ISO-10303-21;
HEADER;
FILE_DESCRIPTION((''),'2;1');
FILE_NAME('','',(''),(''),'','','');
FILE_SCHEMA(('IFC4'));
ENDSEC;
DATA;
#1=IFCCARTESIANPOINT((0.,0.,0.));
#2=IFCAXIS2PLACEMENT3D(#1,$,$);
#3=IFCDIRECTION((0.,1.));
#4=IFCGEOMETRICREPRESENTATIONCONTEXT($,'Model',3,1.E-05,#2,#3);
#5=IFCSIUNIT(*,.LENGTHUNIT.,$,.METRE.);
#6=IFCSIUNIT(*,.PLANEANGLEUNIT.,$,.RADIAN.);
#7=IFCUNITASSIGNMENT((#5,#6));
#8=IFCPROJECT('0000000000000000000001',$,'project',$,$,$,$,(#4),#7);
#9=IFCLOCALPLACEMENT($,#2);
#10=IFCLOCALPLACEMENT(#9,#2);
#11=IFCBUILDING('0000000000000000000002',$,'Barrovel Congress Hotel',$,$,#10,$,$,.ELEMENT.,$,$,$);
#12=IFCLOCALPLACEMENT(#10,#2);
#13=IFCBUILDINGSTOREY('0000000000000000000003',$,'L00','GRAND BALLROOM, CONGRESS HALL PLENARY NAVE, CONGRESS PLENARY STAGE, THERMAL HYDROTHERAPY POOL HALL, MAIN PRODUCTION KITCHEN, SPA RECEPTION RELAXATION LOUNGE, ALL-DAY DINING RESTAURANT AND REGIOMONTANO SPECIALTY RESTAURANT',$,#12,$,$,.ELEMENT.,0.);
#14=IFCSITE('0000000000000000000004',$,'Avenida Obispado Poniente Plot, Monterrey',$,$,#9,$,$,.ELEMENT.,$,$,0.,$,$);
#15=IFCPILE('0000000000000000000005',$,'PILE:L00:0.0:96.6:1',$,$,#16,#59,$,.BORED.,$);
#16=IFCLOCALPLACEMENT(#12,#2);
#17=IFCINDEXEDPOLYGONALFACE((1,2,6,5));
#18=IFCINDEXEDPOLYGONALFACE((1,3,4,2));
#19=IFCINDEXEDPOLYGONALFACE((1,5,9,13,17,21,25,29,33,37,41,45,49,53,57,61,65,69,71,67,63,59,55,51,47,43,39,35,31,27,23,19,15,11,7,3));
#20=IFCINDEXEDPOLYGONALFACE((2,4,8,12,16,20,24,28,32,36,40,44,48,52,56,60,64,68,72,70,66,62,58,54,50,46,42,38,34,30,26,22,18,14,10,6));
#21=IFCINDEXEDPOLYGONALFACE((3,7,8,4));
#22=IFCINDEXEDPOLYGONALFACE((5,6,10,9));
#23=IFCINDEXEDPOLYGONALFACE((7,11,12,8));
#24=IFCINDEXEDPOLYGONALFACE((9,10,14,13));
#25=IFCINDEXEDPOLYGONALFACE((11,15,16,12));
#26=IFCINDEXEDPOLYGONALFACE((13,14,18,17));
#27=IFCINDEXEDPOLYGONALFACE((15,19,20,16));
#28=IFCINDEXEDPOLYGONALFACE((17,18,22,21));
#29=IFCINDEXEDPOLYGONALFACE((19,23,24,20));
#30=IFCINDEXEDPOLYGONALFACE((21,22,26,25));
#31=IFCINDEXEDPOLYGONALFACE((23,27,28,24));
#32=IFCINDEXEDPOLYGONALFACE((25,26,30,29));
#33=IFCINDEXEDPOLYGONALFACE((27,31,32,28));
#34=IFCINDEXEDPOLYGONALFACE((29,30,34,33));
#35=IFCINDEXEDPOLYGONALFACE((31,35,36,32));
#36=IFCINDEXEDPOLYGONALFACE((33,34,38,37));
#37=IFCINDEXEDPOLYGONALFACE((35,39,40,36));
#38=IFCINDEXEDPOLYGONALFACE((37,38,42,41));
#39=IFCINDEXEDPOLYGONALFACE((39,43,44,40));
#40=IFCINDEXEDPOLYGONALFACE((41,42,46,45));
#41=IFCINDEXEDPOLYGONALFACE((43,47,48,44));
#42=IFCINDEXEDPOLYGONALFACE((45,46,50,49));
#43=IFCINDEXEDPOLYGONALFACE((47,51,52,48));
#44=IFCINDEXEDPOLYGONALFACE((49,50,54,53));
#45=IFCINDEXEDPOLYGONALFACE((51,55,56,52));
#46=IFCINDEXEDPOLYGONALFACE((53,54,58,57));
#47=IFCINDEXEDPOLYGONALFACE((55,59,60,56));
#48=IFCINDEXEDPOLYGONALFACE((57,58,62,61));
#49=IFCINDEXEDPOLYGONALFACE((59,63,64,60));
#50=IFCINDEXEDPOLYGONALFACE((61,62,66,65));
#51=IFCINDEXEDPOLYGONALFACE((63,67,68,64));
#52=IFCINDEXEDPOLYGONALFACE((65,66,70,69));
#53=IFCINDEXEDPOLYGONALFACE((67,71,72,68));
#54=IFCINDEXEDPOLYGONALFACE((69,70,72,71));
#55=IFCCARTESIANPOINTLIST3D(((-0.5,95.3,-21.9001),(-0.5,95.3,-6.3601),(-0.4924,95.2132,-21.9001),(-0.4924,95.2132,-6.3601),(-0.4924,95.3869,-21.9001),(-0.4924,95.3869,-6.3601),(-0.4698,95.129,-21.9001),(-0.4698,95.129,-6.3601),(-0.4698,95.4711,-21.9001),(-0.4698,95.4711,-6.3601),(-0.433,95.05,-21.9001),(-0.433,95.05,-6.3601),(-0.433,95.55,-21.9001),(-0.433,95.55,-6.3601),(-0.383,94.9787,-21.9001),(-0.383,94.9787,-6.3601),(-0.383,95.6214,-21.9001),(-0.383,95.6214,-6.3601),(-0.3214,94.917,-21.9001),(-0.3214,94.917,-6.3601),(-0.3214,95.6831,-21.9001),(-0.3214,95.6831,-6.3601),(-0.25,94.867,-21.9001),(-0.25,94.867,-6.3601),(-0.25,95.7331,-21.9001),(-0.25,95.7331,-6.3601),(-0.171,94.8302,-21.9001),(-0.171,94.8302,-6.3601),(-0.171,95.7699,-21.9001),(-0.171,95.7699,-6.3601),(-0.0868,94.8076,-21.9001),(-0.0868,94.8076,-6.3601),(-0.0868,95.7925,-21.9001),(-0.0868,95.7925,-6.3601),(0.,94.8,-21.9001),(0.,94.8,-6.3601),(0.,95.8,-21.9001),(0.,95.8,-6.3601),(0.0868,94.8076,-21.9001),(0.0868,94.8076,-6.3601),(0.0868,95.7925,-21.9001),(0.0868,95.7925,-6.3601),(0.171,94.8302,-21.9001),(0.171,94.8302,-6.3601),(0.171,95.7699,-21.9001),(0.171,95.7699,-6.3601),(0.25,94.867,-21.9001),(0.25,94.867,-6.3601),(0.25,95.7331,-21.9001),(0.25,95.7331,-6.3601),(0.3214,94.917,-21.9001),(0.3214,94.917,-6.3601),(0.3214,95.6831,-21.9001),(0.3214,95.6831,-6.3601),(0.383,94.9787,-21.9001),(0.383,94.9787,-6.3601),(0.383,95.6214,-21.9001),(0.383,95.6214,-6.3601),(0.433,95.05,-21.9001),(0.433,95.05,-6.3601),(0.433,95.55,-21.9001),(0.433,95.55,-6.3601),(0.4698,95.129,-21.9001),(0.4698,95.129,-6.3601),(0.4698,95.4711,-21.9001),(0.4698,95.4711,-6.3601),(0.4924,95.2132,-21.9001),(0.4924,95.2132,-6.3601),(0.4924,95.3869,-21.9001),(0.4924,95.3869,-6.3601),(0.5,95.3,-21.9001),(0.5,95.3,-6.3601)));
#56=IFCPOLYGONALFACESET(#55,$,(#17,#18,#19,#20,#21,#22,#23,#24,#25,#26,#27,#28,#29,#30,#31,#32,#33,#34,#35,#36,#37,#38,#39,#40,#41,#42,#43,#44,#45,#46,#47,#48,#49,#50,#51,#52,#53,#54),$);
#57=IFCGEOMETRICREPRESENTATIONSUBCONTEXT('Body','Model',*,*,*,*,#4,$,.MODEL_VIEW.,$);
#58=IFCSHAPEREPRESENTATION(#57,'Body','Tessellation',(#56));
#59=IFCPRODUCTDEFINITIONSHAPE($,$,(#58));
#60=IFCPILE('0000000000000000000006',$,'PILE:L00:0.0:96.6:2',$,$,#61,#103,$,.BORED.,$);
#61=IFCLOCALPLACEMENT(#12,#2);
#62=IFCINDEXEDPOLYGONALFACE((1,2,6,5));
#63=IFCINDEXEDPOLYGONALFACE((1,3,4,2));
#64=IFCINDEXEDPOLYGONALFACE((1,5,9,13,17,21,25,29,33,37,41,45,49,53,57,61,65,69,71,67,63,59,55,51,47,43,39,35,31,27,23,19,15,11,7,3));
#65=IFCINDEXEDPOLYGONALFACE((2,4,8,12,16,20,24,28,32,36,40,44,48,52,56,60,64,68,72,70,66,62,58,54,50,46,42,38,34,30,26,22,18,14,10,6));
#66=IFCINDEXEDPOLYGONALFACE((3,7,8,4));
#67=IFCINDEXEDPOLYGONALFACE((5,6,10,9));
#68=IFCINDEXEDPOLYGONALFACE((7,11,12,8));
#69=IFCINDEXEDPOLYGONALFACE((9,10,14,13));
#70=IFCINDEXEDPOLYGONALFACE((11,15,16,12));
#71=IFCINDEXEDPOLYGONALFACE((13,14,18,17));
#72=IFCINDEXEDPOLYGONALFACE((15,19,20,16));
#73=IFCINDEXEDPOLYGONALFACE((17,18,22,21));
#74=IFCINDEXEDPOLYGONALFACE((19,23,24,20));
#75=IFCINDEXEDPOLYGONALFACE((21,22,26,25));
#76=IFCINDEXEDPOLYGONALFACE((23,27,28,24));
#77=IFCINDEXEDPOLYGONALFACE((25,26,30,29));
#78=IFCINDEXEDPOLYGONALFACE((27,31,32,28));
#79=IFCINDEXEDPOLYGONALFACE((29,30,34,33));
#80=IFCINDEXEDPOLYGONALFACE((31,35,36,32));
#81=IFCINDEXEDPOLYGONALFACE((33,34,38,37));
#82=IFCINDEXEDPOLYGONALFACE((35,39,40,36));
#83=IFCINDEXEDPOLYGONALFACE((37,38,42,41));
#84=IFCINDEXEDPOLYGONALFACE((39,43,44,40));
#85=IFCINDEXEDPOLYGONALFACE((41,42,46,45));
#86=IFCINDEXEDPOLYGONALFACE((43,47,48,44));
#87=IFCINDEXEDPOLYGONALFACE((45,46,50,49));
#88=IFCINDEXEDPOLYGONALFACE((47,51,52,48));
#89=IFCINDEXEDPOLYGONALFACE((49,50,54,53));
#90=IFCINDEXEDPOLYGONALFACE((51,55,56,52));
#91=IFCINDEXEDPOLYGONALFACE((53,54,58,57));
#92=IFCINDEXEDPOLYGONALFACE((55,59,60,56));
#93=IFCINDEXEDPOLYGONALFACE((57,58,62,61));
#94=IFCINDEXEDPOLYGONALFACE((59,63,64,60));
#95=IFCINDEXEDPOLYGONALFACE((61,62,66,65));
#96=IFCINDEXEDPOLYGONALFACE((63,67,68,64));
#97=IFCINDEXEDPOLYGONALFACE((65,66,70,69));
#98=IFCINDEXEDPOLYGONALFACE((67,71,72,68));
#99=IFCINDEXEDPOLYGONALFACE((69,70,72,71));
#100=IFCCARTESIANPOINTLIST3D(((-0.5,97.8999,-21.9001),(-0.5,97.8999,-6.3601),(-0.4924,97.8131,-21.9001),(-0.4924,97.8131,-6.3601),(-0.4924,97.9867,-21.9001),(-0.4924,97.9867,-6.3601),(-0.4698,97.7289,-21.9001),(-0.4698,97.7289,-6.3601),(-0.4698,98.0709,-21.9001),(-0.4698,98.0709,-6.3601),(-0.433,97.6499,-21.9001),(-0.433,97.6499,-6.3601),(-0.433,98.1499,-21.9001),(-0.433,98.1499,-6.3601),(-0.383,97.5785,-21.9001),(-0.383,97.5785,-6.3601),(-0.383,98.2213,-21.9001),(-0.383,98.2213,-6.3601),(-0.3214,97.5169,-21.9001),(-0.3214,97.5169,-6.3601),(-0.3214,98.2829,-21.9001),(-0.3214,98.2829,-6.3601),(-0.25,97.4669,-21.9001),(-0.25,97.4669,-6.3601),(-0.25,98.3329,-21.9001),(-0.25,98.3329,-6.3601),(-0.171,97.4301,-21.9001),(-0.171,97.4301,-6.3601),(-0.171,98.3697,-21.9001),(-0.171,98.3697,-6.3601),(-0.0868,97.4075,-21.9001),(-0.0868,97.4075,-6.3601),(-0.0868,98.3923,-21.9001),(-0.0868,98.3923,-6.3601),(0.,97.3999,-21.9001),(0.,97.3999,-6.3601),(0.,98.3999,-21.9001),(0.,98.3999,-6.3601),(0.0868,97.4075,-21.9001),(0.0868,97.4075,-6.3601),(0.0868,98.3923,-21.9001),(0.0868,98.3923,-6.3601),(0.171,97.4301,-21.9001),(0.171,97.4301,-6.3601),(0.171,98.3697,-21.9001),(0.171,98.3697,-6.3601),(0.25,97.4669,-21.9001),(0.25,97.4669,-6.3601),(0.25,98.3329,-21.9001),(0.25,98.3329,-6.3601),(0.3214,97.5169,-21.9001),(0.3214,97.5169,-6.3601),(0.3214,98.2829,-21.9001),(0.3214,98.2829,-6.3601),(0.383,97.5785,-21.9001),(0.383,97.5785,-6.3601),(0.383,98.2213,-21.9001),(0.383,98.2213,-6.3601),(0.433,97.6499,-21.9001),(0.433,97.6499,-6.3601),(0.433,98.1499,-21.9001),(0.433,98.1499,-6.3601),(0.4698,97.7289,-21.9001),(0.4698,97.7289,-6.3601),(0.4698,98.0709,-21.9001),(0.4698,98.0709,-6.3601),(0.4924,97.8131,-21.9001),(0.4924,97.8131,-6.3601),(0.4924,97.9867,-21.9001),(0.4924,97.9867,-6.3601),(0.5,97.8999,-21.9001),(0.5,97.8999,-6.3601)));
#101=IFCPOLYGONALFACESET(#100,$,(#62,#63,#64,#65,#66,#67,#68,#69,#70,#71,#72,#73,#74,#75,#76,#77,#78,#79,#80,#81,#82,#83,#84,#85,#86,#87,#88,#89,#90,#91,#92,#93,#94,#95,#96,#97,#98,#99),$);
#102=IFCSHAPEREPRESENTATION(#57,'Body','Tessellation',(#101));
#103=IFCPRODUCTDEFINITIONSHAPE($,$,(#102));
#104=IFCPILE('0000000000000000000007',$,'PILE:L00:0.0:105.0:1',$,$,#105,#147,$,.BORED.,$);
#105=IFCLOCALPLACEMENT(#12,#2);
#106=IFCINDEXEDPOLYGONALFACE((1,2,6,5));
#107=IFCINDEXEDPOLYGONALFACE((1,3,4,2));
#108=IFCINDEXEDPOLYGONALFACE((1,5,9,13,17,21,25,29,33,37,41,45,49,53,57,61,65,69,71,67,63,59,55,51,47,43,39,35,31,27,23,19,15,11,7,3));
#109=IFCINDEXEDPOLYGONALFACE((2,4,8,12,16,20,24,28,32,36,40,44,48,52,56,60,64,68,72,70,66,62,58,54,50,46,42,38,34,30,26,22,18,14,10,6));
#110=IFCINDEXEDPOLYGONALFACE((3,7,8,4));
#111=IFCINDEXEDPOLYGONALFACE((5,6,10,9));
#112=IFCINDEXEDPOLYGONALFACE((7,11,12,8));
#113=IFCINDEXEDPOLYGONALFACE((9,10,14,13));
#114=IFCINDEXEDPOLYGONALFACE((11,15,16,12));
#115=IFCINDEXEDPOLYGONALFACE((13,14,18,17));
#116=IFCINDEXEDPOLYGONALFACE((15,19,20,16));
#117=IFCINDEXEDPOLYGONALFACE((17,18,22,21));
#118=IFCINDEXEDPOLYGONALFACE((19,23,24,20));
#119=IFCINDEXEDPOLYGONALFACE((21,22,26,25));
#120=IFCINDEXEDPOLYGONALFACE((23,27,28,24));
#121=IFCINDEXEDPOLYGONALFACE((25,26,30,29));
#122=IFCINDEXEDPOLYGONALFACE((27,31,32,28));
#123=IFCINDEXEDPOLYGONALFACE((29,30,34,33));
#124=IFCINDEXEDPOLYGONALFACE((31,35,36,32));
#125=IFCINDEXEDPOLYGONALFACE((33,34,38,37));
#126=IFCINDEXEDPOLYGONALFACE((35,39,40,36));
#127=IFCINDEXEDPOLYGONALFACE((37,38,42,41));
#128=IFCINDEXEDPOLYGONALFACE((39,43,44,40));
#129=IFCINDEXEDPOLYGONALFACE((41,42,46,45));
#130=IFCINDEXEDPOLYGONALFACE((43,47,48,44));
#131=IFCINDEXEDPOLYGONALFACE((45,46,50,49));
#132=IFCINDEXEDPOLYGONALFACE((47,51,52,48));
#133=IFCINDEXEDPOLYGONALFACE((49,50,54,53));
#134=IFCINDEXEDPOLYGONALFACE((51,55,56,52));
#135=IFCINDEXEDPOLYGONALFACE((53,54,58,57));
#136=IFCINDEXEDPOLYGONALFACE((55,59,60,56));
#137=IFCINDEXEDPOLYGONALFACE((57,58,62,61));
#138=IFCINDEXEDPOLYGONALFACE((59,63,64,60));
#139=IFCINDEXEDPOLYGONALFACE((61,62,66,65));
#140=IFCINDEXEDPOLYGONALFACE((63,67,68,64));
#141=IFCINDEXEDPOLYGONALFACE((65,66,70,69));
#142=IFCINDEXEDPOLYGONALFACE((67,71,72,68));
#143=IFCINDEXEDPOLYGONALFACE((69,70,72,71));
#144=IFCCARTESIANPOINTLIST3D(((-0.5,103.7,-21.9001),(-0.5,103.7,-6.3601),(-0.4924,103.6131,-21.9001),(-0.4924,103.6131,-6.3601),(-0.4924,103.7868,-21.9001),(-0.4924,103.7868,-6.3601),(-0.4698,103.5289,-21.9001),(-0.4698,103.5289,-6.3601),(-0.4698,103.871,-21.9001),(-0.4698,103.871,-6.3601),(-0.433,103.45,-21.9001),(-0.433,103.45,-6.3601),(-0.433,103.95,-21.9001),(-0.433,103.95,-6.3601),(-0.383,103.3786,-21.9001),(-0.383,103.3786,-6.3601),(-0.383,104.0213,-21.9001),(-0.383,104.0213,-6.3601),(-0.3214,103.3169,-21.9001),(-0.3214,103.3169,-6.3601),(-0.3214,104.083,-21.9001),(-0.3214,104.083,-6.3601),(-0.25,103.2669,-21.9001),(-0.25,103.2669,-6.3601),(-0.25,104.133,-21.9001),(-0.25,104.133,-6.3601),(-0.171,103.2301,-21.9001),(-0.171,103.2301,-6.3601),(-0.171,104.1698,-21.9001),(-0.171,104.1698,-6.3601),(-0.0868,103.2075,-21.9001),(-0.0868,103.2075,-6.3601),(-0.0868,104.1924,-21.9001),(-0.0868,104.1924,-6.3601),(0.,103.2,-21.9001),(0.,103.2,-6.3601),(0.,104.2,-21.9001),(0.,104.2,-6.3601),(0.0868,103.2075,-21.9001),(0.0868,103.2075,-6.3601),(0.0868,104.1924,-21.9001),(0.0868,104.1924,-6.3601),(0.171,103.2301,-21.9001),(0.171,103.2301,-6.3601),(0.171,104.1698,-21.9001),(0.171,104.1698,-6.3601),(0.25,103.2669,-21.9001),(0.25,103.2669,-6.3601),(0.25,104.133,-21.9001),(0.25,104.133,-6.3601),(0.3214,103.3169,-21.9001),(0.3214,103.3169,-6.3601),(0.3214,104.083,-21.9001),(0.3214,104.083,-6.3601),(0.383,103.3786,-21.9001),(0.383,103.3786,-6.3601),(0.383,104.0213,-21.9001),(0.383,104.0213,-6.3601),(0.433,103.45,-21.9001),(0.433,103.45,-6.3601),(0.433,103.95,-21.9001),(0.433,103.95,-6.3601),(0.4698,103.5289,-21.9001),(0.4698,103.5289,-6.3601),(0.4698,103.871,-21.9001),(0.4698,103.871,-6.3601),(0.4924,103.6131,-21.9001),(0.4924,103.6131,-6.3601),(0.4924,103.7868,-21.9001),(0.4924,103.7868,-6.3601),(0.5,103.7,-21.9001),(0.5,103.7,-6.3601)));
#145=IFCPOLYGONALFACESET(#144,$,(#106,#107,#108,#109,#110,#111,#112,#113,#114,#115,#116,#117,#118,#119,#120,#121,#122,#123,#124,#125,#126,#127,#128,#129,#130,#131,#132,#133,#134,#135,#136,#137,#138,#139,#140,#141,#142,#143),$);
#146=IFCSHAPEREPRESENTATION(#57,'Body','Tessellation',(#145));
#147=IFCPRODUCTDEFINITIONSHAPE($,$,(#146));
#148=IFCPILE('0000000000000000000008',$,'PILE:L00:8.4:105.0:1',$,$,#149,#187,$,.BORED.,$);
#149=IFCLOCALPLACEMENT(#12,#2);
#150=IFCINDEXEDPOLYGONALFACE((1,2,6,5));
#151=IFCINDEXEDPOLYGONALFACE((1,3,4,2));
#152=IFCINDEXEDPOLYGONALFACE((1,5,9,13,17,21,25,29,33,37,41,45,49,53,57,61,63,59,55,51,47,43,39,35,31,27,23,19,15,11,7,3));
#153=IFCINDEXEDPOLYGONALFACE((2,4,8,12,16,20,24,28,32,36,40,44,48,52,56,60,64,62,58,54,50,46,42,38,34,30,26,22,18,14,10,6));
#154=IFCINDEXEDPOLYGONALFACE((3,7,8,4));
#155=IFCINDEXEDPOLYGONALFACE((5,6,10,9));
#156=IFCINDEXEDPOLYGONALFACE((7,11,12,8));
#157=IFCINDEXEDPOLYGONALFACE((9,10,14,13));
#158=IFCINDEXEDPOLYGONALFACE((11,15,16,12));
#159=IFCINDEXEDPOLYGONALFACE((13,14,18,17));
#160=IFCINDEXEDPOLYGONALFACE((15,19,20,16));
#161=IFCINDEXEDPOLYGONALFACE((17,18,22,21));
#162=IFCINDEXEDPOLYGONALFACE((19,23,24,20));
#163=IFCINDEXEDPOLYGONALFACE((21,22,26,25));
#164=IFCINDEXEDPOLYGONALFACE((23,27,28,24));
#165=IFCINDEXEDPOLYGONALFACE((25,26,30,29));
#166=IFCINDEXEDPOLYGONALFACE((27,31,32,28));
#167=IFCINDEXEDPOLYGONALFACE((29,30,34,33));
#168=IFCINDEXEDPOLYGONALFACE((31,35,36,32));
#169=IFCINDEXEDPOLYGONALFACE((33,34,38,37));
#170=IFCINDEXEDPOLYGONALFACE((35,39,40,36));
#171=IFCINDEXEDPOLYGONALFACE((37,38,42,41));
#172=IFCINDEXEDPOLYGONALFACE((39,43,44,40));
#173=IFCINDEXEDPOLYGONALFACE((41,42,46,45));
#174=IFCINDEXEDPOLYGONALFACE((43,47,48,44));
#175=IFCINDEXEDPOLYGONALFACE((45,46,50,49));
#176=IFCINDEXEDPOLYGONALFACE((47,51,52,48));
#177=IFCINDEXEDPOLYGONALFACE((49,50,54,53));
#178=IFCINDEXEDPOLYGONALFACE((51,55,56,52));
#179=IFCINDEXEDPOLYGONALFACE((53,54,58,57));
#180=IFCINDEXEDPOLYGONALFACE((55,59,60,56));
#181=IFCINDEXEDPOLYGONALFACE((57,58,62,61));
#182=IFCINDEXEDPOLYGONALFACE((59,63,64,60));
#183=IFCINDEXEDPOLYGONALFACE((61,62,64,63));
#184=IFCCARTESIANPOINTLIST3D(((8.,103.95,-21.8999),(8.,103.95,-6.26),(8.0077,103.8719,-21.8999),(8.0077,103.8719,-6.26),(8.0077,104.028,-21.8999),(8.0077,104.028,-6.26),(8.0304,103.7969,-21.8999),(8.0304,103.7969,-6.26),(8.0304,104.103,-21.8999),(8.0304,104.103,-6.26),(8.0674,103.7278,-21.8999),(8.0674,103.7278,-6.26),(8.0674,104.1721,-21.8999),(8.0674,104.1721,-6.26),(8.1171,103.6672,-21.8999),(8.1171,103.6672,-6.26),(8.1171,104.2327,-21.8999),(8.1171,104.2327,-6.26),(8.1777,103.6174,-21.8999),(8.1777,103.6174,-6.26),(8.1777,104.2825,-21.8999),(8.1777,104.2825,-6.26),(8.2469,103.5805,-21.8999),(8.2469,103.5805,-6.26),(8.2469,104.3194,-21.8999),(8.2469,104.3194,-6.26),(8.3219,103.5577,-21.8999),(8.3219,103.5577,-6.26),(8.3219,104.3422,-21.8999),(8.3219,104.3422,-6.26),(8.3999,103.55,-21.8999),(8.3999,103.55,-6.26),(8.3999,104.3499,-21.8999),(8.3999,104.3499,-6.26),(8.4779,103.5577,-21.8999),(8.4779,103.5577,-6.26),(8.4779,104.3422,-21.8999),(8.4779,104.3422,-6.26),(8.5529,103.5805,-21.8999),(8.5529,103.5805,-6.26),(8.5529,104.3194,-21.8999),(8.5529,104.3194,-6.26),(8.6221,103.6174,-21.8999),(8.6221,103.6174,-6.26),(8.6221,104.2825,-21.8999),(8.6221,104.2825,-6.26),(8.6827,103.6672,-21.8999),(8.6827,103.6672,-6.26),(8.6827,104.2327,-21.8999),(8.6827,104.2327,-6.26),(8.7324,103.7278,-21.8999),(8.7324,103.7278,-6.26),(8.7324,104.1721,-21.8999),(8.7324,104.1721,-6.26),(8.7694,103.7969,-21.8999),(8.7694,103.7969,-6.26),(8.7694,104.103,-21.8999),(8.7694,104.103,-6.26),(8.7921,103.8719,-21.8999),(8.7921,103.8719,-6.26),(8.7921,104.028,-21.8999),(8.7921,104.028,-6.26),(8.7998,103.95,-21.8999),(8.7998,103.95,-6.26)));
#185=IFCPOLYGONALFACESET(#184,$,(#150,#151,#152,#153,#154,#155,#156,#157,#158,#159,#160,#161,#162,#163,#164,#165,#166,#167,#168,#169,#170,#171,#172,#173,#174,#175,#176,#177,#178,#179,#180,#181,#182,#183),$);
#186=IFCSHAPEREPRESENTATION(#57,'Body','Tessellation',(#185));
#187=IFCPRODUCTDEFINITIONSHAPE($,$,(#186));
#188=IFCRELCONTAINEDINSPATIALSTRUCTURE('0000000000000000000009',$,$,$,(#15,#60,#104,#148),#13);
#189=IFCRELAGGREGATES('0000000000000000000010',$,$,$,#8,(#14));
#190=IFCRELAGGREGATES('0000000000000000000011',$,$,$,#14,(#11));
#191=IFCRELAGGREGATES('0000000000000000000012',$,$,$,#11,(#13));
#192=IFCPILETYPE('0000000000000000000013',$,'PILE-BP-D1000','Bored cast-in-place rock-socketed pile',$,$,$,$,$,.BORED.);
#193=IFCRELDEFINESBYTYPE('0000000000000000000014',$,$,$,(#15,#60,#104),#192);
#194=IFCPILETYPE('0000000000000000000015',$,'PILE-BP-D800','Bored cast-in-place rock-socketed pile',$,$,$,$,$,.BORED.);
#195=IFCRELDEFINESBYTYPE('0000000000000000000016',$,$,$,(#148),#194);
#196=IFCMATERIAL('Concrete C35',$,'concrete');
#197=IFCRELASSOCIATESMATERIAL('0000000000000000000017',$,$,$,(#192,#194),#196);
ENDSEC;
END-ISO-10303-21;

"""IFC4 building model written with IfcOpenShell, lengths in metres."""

from ifc_helpers import new_model, si_unit, direction, frame, origin, origin_2d, place, context, subcontext, project, spatial, circle, extrude, material, material_profile, profile_set, type_object, element, save


model = new_model("IFC4")

# Units and contexts
model_context = context("Model", 3, precision=1e-05, world=origin(), true_north=direction((0.0, 1.0)))
body_context = subcontext(model_context, "Body", "Model", "MODEL_VIEW")
ifc_project = project(units=[si_unit("LENGTHUNIT", "METRE"), si_unit("PLANEANGLEUNIT", "RADIAN")], contexts=[model_context])

# Site, building, storey
site_placement = place(None, origin())
site = spatial("IfcSite", under=ifc_project, at=site_placement, Name="Avenida Obispado Poniente Plot, Monterrey", CompositionType="ELEMENT", RefElevation=0.0)
building_placement = place(site_placement, origin())
building = spatial("IfcBuilding", under=site, at=building_placement, Name="Barrovel Congress Hotel", CompositionType="ELEMENT")
storey_placement = place(building_placement, origin())
storey = spatial("IfcBuildingStorey", under=building, at=storey_placement, Name="L00", Description="GRAND BALLROOM, CONGRESS HALL PLENARY NAVE, CONGRESS PLENARY STAGE, THERMAL HYDROTHERAPY POOL HALL, MAIN PRODUCTION KITCHEN, SPA RECEPTION RELAXATION LOUNGE, ALL-DAY DINING RESTAURANT AND REGIOMONTANO SPECIALTY RESTAURANT", CompositionType="ELEMENT", Elevation=0.0)

# Piles
ifc_material_1 = material(Name="Concrete C35", Category="concrete")
ifc_material_profile_1 = material_profile(ifc_material_1, circle(Radius=0.5, at=origin_2d()), Name="BP-D1000")
ifc_profile_set_1 = profile_set([ifc_material_profile_1], Name="Concrete C35")
pile_type_1 = type_object("IfcPileType", Name="PILE-BP-D1000", Description="Bored cast-in-place rock-socketed pile", PredefinedType="BORED", material=ifc_profile_set_1)
for number, where, z_axis, x_axis, name in (
    (1, (0.0, 95.3, -6.3601), (0.0, 0.0, -1.0), (1.0, 0.0, 0.0), "PILE:L00:0.0:96.6:1"),
    (2, (0.0, 97.8999, -6.3601), (0.0, 0.0, -1.0), (1.0, 0.0, 0.0), "PILE:L00:0.0:96.6:2"),
    (3, (0.0, 103.7, -6.3601), (0.0, 0.0, -1.0), (1.0, 0.0, 0.0), "PILE:L00:0.0:105.0:1"),
):
    element("IfcPile", number, at=place(storey_placement, frame(where, z_axis=z_axis, x_axis=x_axis)), inside=storey, type_object=pile_type_1, Name=name, PredefinedType="BORED", context=body_context, shape_type="SweptSolid", body=[
        extrude(circle(Radius=0.5, at=origin_2d()), origin(), (0.0, 0.0, 1.0), 15.54),
    ])
ifc_material_profile_2 = material_profile(ifc_material_1, circle(Radius=0.3999, at=origin_2d()), Name="BP-D800")
ifc_profile_set_2 = profile_set([ifc_material_profile_2], Name="Concrete C35")
pile_type_2 = type_object("IfcPileType", Name="PILE-BP-D800", Description="Bored cast-in-place rock-socketed pile", PredefinedType="BORED", material=ifc_profile_set_2)
for number, where, z_axis, x_axis, name in (
    (4, (8.3999, 103.95, -6.26), (0.0, 0.0, -1.0), (1.0, 0.0, 0.0), "PILE:L00:8.4:105.0:1"),
):
    element("IfcPile", number, at=place(storey_placement, frame(where, z_axis=z_axis, x_axis=x_axis)), inside=storey, type_object=pile_type_2, Name=name, PredefinedType="BORED", context=body_context, shape_type="SweptSolid", body=[
        extrude(circle(Radius=0.3999, at=origin_2d()), origin(), (0.0, 0.0, 1.0), 15.6399),
    ])

save(model, "model.ifc")
